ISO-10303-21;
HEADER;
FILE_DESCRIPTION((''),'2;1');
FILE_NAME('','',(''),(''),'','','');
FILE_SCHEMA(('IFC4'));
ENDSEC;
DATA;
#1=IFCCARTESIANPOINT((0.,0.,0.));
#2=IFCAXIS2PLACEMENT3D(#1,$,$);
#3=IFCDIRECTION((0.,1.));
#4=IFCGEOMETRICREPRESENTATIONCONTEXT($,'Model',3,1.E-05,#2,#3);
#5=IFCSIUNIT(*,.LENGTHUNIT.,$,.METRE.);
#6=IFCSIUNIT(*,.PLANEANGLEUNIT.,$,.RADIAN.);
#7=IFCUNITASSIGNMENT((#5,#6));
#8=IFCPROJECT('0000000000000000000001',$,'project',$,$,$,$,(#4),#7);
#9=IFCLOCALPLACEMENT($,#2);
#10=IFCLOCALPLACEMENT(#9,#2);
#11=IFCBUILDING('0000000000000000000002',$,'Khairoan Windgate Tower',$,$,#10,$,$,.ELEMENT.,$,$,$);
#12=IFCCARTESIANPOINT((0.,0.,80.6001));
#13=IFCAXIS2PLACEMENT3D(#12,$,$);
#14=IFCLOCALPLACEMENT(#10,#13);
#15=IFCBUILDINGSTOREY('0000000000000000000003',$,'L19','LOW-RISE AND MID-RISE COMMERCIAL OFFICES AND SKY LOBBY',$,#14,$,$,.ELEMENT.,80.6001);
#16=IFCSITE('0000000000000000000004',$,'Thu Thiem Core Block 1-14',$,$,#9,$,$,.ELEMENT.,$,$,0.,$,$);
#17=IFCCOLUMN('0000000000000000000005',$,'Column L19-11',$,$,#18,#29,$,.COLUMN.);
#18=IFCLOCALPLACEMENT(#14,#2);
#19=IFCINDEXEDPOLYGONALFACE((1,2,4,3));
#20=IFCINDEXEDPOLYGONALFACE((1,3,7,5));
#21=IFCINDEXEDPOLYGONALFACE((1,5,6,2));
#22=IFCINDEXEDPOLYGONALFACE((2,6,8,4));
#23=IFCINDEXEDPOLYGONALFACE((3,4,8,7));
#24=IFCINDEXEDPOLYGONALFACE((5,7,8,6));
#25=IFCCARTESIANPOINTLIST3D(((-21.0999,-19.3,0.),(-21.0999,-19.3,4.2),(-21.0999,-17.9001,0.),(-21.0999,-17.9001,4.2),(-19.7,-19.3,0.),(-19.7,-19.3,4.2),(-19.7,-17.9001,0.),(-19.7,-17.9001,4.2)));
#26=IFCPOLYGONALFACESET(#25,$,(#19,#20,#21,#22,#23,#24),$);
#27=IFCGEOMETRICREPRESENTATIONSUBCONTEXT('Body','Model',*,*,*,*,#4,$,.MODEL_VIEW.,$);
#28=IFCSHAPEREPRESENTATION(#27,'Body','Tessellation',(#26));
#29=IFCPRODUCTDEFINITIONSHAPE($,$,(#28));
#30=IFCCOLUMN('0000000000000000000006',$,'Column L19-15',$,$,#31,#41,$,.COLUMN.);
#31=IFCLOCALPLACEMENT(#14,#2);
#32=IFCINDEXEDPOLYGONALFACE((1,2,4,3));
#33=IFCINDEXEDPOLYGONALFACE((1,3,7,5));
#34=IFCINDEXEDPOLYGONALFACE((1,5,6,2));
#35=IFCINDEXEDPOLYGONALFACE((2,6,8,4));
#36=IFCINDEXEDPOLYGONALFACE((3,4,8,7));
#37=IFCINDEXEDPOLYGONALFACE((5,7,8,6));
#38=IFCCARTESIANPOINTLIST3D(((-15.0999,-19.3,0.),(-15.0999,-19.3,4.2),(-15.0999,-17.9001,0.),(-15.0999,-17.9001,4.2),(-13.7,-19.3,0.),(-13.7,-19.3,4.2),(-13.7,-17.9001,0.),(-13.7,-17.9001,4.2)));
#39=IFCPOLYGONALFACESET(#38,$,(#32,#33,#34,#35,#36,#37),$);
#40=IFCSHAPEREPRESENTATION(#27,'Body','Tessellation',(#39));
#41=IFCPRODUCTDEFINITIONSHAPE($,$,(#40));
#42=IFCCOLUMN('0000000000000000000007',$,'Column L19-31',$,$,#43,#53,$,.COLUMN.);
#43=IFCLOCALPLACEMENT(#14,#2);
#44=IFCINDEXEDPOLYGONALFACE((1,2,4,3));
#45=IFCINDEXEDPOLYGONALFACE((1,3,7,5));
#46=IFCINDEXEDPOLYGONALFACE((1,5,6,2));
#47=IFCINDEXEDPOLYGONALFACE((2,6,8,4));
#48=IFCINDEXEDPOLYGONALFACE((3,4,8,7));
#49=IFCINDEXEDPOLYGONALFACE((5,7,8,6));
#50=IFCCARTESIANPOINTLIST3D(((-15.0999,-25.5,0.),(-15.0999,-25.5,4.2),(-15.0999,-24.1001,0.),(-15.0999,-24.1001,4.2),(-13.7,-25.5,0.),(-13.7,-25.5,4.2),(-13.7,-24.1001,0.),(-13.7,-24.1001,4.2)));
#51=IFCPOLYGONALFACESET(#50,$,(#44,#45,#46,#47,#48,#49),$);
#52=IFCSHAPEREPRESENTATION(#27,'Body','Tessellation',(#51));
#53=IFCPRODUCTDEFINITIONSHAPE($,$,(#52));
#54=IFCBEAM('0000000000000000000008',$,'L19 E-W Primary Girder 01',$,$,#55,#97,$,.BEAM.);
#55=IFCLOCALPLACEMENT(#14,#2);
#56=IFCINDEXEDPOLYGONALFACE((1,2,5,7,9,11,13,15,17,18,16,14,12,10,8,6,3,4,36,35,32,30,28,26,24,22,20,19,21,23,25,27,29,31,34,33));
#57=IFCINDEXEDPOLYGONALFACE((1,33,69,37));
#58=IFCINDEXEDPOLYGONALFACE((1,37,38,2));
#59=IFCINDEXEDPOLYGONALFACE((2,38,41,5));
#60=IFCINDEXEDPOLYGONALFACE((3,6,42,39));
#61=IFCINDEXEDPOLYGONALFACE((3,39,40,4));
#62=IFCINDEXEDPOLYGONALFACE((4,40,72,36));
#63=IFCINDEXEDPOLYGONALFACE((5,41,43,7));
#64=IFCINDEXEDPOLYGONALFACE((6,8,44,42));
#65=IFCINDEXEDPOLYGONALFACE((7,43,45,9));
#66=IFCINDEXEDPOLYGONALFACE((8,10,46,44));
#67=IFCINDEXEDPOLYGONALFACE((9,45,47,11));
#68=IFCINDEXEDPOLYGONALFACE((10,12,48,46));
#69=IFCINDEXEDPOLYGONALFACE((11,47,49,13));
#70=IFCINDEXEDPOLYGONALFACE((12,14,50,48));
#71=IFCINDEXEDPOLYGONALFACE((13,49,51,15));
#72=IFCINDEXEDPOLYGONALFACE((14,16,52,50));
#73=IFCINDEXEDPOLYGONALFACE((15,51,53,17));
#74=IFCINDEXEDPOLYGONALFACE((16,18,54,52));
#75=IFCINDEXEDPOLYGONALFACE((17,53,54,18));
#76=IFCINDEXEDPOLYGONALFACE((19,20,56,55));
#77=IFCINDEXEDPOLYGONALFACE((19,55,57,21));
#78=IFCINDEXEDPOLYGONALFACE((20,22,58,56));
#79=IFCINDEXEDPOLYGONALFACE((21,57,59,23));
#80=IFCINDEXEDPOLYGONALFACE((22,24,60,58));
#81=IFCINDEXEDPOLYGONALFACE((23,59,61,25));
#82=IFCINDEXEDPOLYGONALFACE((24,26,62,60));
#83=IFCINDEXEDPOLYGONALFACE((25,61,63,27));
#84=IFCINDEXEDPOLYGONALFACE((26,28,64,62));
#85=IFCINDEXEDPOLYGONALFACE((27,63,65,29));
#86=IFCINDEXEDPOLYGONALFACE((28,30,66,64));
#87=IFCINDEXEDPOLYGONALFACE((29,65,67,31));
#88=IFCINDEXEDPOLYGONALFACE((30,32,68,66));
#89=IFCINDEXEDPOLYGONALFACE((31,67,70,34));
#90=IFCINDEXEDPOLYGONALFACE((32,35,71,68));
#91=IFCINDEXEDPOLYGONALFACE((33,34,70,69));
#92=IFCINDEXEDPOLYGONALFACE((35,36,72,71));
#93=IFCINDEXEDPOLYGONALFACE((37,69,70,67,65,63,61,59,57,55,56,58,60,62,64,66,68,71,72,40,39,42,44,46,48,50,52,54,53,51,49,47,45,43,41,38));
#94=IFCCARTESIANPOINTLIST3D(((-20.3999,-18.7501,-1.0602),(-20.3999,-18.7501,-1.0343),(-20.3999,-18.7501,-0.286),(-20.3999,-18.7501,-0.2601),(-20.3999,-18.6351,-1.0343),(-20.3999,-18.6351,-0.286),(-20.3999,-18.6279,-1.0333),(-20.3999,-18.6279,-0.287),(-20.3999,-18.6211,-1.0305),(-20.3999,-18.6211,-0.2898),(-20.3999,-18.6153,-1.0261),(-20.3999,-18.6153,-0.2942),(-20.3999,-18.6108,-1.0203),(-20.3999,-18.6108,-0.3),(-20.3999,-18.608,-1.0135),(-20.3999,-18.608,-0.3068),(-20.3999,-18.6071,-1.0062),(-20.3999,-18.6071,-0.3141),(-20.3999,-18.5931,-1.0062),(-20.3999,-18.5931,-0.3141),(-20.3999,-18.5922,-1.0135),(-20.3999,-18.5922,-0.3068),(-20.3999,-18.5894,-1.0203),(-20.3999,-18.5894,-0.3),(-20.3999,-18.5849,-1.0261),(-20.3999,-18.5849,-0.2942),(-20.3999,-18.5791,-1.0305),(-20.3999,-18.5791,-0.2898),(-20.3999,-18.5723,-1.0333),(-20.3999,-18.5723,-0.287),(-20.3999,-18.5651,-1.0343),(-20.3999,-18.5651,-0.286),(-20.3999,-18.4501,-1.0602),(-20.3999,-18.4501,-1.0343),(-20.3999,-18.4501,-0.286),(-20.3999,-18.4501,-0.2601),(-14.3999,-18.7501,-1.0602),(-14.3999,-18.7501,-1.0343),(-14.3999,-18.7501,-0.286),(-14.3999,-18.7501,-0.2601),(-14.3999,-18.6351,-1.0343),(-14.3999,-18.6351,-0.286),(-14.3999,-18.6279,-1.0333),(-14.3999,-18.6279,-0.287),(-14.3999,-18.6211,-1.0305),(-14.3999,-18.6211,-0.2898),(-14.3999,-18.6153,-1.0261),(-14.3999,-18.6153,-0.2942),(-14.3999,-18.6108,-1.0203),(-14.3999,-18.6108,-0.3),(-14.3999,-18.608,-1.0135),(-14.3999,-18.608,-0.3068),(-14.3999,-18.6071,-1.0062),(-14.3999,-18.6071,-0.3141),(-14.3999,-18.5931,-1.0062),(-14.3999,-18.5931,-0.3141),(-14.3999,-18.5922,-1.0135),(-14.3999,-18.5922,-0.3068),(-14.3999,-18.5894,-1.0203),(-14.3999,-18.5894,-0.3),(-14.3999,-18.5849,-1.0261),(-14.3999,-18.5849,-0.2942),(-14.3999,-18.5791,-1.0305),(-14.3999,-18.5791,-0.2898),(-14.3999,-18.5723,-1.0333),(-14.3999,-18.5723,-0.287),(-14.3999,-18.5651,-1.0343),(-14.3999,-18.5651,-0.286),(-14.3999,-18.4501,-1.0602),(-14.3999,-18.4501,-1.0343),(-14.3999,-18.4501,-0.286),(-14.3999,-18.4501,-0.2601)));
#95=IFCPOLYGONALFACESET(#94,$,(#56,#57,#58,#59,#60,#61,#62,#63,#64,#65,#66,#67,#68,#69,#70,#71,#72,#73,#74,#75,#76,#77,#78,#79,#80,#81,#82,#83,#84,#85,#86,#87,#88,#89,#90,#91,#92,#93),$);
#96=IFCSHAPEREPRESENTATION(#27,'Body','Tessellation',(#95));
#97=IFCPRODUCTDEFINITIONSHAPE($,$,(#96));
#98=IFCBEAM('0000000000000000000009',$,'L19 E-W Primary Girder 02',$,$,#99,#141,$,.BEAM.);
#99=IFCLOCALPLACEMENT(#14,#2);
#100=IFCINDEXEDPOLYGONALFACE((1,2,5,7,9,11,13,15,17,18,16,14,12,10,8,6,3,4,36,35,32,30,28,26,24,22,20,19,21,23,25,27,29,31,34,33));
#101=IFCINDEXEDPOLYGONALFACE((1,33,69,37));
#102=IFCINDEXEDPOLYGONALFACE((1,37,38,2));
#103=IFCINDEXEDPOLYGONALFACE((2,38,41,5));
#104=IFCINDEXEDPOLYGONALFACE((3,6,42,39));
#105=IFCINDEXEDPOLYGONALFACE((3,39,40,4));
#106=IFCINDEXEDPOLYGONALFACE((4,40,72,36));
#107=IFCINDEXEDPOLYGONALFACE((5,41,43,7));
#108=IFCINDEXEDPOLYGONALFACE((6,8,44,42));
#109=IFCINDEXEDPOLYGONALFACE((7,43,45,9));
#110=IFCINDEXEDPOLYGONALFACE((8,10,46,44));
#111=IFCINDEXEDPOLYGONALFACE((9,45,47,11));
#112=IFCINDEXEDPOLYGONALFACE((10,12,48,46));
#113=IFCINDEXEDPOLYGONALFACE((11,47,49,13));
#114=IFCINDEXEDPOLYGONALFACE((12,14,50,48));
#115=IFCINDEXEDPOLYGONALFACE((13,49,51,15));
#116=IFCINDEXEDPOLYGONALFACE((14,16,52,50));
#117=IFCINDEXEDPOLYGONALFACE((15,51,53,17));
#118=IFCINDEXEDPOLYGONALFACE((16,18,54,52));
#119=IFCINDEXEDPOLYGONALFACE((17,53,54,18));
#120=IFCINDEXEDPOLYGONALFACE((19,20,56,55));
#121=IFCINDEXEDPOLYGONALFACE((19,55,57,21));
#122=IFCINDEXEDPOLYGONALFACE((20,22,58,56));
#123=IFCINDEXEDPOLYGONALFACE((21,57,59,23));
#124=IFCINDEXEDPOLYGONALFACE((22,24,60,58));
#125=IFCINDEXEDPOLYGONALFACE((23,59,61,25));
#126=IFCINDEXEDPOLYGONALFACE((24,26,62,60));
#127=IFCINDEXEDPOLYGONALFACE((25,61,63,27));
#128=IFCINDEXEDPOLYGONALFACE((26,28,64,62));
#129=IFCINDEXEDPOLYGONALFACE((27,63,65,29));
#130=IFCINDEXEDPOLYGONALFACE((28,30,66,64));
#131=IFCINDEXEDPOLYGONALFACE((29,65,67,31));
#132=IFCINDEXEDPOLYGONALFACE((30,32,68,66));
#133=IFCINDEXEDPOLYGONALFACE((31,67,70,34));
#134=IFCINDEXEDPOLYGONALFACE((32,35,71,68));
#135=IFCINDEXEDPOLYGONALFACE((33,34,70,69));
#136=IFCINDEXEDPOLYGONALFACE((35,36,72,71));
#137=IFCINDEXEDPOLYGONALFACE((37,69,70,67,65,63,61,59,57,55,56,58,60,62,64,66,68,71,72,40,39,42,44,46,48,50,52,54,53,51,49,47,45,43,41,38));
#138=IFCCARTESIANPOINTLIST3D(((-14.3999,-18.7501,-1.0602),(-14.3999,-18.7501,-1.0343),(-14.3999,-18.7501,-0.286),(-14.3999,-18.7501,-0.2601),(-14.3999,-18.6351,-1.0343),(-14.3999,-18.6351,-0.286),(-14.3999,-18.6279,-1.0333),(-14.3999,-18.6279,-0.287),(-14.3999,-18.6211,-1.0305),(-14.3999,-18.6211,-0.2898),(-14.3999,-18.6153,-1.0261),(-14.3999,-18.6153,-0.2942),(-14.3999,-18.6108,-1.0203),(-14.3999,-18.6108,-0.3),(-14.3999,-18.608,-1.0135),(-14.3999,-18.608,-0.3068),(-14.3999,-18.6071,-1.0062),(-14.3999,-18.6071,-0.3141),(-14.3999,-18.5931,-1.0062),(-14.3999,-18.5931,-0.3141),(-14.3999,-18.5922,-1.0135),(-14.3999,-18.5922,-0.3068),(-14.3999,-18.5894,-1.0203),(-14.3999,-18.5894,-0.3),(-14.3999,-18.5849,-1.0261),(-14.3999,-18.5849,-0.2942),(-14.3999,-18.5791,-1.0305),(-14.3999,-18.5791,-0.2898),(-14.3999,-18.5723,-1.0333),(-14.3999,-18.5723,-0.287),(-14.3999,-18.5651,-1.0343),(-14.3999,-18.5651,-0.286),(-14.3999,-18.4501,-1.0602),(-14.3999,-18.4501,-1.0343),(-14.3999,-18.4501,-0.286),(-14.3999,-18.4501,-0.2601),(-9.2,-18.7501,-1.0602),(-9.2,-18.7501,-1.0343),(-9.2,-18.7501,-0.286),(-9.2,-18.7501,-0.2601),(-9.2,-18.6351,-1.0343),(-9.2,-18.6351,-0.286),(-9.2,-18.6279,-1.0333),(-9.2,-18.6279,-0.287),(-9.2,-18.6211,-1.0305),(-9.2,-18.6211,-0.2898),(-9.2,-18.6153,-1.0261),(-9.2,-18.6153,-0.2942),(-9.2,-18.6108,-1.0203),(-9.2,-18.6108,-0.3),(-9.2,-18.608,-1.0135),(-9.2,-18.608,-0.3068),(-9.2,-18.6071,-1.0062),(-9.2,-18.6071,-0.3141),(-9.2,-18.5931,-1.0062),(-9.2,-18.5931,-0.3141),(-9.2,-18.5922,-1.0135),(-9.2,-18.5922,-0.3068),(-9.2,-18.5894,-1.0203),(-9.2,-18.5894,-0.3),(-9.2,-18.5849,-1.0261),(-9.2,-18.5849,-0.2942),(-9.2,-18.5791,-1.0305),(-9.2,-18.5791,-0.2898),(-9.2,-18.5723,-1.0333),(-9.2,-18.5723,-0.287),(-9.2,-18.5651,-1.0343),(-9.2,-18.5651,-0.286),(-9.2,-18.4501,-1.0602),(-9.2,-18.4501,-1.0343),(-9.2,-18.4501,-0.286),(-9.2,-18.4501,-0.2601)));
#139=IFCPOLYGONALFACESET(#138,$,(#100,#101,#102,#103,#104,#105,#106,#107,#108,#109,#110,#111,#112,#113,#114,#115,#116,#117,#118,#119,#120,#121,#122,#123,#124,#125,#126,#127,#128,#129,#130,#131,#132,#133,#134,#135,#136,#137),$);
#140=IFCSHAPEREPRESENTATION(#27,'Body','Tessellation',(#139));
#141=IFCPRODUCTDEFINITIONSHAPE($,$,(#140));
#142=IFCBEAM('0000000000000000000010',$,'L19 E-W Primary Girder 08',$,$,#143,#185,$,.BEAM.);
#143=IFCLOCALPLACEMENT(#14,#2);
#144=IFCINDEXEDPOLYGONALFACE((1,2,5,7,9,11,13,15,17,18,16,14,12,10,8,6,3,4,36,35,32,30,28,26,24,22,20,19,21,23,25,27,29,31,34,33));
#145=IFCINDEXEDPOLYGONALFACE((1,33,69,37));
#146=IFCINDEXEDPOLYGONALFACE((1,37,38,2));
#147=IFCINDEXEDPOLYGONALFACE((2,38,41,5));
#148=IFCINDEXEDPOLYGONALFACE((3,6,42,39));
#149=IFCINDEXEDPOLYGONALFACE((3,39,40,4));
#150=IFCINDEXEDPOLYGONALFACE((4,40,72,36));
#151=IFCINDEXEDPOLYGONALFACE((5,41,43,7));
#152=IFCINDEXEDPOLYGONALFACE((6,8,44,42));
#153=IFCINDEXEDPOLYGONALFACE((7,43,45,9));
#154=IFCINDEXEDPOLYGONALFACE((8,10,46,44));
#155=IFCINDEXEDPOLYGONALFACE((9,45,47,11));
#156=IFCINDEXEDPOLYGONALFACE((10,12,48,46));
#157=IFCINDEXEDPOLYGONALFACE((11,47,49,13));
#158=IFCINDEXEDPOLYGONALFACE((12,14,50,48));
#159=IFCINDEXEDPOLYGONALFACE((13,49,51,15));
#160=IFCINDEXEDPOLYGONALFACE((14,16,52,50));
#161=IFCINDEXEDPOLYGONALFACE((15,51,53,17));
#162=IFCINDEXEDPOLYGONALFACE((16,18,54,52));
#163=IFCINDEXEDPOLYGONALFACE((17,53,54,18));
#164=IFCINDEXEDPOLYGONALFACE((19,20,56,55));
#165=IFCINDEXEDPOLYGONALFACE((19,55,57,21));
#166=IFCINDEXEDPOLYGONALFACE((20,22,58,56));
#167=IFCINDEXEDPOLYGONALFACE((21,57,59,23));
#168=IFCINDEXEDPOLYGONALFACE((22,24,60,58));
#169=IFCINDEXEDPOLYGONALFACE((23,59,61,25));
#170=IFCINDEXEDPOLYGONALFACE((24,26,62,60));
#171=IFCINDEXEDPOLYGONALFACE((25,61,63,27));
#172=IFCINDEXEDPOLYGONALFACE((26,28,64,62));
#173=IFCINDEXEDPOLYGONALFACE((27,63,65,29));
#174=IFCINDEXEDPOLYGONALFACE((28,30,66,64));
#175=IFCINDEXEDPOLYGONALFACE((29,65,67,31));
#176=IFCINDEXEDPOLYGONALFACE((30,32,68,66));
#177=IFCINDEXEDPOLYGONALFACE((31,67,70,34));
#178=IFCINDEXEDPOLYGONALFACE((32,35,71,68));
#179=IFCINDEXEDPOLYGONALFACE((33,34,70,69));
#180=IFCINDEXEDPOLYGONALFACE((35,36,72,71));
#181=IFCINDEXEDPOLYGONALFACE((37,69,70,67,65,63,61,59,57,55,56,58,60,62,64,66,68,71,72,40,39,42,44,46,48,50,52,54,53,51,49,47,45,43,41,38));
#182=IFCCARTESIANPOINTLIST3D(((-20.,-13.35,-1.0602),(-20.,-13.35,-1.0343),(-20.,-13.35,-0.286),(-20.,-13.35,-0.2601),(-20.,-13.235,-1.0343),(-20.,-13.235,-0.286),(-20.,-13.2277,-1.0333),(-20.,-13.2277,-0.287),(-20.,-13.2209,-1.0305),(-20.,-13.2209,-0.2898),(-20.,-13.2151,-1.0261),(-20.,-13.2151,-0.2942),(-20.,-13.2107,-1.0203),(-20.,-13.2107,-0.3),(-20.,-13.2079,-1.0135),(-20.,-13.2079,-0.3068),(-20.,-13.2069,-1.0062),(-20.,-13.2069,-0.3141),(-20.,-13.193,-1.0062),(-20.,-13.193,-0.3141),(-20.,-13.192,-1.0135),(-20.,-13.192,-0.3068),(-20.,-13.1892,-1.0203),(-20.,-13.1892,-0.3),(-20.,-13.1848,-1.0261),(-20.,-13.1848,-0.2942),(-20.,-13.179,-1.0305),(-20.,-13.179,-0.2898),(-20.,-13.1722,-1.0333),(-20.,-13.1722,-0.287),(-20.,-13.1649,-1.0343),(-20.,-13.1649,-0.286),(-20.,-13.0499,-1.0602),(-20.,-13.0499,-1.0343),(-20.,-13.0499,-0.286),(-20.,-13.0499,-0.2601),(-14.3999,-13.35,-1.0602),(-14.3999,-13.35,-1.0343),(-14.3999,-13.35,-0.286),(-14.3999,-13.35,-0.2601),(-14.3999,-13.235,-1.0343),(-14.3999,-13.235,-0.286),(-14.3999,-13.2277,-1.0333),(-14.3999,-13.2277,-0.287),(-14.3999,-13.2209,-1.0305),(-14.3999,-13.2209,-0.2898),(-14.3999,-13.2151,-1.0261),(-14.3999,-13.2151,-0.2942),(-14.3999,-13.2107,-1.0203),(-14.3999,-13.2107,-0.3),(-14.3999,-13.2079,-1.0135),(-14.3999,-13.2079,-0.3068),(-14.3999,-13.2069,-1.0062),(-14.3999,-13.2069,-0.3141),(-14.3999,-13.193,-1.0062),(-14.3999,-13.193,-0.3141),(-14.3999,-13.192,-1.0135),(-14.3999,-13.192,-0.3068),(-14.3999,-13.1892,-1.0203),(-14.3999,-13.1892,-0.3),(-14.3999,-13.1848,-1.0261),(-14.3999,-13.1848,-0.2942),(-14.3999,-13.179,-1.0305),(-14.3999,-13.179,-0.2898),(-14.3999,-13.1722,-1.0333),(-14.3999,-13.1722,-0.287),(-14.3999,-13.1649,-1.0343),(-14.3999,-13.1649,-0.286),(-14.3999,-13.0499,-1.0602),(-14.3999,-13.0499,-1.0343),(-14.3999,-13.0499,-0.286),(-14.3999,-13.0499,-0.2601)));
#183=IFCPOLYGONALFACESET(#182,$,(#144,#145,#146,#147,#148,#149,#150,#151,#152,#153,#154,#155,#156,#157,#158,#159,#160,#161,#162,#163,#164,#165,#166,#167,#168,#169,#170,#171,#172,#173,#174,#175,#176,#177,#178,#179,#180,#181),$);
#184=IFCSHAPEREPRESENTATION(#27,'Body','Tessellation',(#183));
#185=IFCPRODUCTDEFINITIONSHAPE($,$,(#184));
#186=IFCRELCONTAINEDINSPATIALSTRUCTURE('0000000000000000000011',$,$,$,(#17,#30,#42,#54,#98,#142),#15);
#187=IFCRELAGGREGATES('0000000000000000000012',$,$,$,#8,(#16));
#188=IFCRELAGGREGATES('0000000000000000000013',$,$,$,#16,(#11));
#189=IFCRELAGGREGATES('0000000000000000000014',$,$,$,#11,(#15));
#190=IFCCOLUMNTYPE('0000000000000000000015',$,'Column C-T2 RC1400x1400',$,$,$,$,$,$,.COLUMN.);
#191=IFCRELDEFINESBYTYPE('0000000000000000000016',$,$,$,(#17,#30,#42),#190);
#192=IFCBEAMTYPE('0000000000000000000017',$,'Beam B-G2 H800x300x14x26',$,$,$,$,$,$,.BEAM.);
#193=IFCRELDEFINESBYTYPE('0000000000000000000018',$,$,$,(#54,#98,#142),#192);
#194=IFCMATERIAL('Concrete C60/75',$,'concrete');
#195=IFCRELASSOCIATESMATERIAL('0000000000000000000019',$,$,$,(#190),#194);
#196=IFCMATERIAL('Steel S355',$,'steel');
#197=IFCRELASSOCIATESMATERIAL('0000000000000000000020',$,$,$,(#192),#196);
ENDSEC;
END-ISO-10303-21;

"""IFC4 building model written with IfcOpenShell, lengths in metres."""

from ifc_helpers import new_model, si_unit, direction, frame, origin, origin_2d, place, context, subcontext, project, spatial, rectangle, i_section, extrude, material, material_profile, profile_set, type_object, element, save


model = new_model("IFC4")

# Units and contexts
model_context = context("Model", 3, precision=1e-05, world=origin(), true_north=direction((0.0, 1.0)))
body_context = subcontext(model_context, "Body", "Model", "MODEL_VIEW")
ifc_project = project(units=[si_unit("LENGTHUNIT", "METRE"), si_unit("PLANEANGLEUNIT", "RADIAN")], contexts=[model_context])

# Site, building, storey
site_placement = place(None, origin())
site = spatial("IfcSite", under=ifc_project, at=site_placement, Name="Thu Thiem Core Block 1-14", CompositionType="ELEMENT", RefElevation=0.0)
building_placement = place(site_placement, origin())
building = spatial("IfcBuilding", under=site, at=building_placement, Name="Khairoan Windgate Tower", CompositionType="ELEMENT")
storey_placement = place(building_placement, frame((0.0, 0.0, 80.6001)))
storey = spatial("IfcBuildingStorey", under=building, at=storey_placement, Name="L19", Description="LOW-RISE AND MID-RISE COMMERCIAL OFFICES AND SKY LOBBY", CompositionType="ELEMENT", Elevation=80.6001)

# Columns
ifc_material_1 = material(Name="Concrete C60/75", Category="concrete")
ifc_material_profile_1 = material_profile(ifc_material_1, rectangle(XDim=1.3999, YDim=1.3999, at=origin_2d()))
ifc_profile_set_1 = profile_set([ifc_material_profile_1], Name="Concrete C60/75")
column_type = type_object("IfcColumnType", Name="Column C-T2 RC1400x1400", PredefinedType="COLUMN", material=ifc_profile_set_1)
for number, where, z_axis, x_axis, name in (
    (1, (-20.3999, -18.6001, 0.0), (0.0, 0.0, 1.0), (1.0, 0.0, 0.0), "Column L19-11"),
    (2, (-14.3999, -18.6001, 0.0), (0.0, 0.0, 1.0), (1.0, 0.0, 0.0), "Column L19-15"),
    (3, (-14.3999, -24.8, 0.0), (0.0, 0.0, 1.0), (1.0, 0.0, 0.0), "Column L19-31"),
):
    element("IfcColumn", number, at=place(storey_placement, frame(where, z_axis=z_axis, x_axis=x_axis)), inside=storey, type_object=column_type, Name=name, PredefinedType="COLUMN", context=body_context, shape_type="SweptSolid", body=[
        extrude(rectangle(XDim=1.3999, YDim=1.3999, at=origin_2d()), origin(), (0.0, 0.0, 1.0), 4.2),
    ])

# Beams
ifc_material_2 = material(Name="Steel S355", Category="steel")
ifc_material_profile_2 = material_profile(ifc_material_2, i_section(OverallWidth=0.3, OverallDepth=0.8, WebThickness=0.0139, FlangeThickness=0.0259, FilletRadius=0.0281, at=origin_2d()))
ifc_profile_set_2 = profile_set([ifc_material_profile_2], Name="Steel S355")
beam_type_1 = type_object("IfcBeamType", Name="Beam B-G2 H800x300x14x26", PredefinedType="BEAM", material=ifc_profile_set_2)
beam_1_placement = place(storey_placement, frame((-20.3999, -18.6001, -0.6602), z_axis=(1.0, 0.0, 0.0), x_axis=(0.0, 1.0, 0.0)))
element("IfcBeam", 4, at=beam_1_placement, inside=storey, type_object=beam_type_1, Name="L19 E-W Primary Girder 01", PredefinedType="BEAM", context=body_context, shape_type="SweptSolid", body=[
    extrude(i_section(OverallWidth=0.3, OverallDepth=0.8, WebThickness=0.0139, FlangeThickness=0.0259, FilletRadius=0.0281, at=origin_2d()), origin(), (0.0, 0.0, 1.0), 6.0),
])
beam_2_placement = place(storey_placement, frame((-14.3999, -18.6001, -0.6602), z_axis=(1.0, 0.0, 0.0), x_axis=(0.0, 1.0, 0.0)))
element("IfcBeam", 5, at=beam_2_placement, inside=storey, type_object=beam_type_1, Name="L19 E-W Primary Girder 02", PredefinedType="BEAM", context=body_context, shape_type="SweptSolid", body=[
    extrude(i_section(OverallWidth=0.3, OverallDepth=0.8, WebThickness=0.0139, FlangeThickness=0.0259, FilletRadius=0.0281, at=origin_2d()), origin(), (0.0, 0.0, 1.0), 5.2),
])
beam_3_placement = place(storey_placement, frame((-20.0, -13.2, -0.6602), z_axis=(1.0, 0.0, 0.0), x_axis=(0.0, 1.0, 0.0)))
element("IfcBeam", 6, at=beam_3_placement, inside=storey, type_object=beam_type_1, Name="L19 E-W Primary Girder 08", PredefinedType="BEAM", context=body_context, shape_type="SweptSolid", body=[
    extrude(i_section(OverallWidth=0.3, OverallDepth=0.8, WebThickness=0.0139, FlangeThickness=0.0259, FilletRadius=0.0281, at=origin_2d()), origin(), (0.0, 0.0, 1.0), 5.6001),
])

save(model, "model.ifc")
